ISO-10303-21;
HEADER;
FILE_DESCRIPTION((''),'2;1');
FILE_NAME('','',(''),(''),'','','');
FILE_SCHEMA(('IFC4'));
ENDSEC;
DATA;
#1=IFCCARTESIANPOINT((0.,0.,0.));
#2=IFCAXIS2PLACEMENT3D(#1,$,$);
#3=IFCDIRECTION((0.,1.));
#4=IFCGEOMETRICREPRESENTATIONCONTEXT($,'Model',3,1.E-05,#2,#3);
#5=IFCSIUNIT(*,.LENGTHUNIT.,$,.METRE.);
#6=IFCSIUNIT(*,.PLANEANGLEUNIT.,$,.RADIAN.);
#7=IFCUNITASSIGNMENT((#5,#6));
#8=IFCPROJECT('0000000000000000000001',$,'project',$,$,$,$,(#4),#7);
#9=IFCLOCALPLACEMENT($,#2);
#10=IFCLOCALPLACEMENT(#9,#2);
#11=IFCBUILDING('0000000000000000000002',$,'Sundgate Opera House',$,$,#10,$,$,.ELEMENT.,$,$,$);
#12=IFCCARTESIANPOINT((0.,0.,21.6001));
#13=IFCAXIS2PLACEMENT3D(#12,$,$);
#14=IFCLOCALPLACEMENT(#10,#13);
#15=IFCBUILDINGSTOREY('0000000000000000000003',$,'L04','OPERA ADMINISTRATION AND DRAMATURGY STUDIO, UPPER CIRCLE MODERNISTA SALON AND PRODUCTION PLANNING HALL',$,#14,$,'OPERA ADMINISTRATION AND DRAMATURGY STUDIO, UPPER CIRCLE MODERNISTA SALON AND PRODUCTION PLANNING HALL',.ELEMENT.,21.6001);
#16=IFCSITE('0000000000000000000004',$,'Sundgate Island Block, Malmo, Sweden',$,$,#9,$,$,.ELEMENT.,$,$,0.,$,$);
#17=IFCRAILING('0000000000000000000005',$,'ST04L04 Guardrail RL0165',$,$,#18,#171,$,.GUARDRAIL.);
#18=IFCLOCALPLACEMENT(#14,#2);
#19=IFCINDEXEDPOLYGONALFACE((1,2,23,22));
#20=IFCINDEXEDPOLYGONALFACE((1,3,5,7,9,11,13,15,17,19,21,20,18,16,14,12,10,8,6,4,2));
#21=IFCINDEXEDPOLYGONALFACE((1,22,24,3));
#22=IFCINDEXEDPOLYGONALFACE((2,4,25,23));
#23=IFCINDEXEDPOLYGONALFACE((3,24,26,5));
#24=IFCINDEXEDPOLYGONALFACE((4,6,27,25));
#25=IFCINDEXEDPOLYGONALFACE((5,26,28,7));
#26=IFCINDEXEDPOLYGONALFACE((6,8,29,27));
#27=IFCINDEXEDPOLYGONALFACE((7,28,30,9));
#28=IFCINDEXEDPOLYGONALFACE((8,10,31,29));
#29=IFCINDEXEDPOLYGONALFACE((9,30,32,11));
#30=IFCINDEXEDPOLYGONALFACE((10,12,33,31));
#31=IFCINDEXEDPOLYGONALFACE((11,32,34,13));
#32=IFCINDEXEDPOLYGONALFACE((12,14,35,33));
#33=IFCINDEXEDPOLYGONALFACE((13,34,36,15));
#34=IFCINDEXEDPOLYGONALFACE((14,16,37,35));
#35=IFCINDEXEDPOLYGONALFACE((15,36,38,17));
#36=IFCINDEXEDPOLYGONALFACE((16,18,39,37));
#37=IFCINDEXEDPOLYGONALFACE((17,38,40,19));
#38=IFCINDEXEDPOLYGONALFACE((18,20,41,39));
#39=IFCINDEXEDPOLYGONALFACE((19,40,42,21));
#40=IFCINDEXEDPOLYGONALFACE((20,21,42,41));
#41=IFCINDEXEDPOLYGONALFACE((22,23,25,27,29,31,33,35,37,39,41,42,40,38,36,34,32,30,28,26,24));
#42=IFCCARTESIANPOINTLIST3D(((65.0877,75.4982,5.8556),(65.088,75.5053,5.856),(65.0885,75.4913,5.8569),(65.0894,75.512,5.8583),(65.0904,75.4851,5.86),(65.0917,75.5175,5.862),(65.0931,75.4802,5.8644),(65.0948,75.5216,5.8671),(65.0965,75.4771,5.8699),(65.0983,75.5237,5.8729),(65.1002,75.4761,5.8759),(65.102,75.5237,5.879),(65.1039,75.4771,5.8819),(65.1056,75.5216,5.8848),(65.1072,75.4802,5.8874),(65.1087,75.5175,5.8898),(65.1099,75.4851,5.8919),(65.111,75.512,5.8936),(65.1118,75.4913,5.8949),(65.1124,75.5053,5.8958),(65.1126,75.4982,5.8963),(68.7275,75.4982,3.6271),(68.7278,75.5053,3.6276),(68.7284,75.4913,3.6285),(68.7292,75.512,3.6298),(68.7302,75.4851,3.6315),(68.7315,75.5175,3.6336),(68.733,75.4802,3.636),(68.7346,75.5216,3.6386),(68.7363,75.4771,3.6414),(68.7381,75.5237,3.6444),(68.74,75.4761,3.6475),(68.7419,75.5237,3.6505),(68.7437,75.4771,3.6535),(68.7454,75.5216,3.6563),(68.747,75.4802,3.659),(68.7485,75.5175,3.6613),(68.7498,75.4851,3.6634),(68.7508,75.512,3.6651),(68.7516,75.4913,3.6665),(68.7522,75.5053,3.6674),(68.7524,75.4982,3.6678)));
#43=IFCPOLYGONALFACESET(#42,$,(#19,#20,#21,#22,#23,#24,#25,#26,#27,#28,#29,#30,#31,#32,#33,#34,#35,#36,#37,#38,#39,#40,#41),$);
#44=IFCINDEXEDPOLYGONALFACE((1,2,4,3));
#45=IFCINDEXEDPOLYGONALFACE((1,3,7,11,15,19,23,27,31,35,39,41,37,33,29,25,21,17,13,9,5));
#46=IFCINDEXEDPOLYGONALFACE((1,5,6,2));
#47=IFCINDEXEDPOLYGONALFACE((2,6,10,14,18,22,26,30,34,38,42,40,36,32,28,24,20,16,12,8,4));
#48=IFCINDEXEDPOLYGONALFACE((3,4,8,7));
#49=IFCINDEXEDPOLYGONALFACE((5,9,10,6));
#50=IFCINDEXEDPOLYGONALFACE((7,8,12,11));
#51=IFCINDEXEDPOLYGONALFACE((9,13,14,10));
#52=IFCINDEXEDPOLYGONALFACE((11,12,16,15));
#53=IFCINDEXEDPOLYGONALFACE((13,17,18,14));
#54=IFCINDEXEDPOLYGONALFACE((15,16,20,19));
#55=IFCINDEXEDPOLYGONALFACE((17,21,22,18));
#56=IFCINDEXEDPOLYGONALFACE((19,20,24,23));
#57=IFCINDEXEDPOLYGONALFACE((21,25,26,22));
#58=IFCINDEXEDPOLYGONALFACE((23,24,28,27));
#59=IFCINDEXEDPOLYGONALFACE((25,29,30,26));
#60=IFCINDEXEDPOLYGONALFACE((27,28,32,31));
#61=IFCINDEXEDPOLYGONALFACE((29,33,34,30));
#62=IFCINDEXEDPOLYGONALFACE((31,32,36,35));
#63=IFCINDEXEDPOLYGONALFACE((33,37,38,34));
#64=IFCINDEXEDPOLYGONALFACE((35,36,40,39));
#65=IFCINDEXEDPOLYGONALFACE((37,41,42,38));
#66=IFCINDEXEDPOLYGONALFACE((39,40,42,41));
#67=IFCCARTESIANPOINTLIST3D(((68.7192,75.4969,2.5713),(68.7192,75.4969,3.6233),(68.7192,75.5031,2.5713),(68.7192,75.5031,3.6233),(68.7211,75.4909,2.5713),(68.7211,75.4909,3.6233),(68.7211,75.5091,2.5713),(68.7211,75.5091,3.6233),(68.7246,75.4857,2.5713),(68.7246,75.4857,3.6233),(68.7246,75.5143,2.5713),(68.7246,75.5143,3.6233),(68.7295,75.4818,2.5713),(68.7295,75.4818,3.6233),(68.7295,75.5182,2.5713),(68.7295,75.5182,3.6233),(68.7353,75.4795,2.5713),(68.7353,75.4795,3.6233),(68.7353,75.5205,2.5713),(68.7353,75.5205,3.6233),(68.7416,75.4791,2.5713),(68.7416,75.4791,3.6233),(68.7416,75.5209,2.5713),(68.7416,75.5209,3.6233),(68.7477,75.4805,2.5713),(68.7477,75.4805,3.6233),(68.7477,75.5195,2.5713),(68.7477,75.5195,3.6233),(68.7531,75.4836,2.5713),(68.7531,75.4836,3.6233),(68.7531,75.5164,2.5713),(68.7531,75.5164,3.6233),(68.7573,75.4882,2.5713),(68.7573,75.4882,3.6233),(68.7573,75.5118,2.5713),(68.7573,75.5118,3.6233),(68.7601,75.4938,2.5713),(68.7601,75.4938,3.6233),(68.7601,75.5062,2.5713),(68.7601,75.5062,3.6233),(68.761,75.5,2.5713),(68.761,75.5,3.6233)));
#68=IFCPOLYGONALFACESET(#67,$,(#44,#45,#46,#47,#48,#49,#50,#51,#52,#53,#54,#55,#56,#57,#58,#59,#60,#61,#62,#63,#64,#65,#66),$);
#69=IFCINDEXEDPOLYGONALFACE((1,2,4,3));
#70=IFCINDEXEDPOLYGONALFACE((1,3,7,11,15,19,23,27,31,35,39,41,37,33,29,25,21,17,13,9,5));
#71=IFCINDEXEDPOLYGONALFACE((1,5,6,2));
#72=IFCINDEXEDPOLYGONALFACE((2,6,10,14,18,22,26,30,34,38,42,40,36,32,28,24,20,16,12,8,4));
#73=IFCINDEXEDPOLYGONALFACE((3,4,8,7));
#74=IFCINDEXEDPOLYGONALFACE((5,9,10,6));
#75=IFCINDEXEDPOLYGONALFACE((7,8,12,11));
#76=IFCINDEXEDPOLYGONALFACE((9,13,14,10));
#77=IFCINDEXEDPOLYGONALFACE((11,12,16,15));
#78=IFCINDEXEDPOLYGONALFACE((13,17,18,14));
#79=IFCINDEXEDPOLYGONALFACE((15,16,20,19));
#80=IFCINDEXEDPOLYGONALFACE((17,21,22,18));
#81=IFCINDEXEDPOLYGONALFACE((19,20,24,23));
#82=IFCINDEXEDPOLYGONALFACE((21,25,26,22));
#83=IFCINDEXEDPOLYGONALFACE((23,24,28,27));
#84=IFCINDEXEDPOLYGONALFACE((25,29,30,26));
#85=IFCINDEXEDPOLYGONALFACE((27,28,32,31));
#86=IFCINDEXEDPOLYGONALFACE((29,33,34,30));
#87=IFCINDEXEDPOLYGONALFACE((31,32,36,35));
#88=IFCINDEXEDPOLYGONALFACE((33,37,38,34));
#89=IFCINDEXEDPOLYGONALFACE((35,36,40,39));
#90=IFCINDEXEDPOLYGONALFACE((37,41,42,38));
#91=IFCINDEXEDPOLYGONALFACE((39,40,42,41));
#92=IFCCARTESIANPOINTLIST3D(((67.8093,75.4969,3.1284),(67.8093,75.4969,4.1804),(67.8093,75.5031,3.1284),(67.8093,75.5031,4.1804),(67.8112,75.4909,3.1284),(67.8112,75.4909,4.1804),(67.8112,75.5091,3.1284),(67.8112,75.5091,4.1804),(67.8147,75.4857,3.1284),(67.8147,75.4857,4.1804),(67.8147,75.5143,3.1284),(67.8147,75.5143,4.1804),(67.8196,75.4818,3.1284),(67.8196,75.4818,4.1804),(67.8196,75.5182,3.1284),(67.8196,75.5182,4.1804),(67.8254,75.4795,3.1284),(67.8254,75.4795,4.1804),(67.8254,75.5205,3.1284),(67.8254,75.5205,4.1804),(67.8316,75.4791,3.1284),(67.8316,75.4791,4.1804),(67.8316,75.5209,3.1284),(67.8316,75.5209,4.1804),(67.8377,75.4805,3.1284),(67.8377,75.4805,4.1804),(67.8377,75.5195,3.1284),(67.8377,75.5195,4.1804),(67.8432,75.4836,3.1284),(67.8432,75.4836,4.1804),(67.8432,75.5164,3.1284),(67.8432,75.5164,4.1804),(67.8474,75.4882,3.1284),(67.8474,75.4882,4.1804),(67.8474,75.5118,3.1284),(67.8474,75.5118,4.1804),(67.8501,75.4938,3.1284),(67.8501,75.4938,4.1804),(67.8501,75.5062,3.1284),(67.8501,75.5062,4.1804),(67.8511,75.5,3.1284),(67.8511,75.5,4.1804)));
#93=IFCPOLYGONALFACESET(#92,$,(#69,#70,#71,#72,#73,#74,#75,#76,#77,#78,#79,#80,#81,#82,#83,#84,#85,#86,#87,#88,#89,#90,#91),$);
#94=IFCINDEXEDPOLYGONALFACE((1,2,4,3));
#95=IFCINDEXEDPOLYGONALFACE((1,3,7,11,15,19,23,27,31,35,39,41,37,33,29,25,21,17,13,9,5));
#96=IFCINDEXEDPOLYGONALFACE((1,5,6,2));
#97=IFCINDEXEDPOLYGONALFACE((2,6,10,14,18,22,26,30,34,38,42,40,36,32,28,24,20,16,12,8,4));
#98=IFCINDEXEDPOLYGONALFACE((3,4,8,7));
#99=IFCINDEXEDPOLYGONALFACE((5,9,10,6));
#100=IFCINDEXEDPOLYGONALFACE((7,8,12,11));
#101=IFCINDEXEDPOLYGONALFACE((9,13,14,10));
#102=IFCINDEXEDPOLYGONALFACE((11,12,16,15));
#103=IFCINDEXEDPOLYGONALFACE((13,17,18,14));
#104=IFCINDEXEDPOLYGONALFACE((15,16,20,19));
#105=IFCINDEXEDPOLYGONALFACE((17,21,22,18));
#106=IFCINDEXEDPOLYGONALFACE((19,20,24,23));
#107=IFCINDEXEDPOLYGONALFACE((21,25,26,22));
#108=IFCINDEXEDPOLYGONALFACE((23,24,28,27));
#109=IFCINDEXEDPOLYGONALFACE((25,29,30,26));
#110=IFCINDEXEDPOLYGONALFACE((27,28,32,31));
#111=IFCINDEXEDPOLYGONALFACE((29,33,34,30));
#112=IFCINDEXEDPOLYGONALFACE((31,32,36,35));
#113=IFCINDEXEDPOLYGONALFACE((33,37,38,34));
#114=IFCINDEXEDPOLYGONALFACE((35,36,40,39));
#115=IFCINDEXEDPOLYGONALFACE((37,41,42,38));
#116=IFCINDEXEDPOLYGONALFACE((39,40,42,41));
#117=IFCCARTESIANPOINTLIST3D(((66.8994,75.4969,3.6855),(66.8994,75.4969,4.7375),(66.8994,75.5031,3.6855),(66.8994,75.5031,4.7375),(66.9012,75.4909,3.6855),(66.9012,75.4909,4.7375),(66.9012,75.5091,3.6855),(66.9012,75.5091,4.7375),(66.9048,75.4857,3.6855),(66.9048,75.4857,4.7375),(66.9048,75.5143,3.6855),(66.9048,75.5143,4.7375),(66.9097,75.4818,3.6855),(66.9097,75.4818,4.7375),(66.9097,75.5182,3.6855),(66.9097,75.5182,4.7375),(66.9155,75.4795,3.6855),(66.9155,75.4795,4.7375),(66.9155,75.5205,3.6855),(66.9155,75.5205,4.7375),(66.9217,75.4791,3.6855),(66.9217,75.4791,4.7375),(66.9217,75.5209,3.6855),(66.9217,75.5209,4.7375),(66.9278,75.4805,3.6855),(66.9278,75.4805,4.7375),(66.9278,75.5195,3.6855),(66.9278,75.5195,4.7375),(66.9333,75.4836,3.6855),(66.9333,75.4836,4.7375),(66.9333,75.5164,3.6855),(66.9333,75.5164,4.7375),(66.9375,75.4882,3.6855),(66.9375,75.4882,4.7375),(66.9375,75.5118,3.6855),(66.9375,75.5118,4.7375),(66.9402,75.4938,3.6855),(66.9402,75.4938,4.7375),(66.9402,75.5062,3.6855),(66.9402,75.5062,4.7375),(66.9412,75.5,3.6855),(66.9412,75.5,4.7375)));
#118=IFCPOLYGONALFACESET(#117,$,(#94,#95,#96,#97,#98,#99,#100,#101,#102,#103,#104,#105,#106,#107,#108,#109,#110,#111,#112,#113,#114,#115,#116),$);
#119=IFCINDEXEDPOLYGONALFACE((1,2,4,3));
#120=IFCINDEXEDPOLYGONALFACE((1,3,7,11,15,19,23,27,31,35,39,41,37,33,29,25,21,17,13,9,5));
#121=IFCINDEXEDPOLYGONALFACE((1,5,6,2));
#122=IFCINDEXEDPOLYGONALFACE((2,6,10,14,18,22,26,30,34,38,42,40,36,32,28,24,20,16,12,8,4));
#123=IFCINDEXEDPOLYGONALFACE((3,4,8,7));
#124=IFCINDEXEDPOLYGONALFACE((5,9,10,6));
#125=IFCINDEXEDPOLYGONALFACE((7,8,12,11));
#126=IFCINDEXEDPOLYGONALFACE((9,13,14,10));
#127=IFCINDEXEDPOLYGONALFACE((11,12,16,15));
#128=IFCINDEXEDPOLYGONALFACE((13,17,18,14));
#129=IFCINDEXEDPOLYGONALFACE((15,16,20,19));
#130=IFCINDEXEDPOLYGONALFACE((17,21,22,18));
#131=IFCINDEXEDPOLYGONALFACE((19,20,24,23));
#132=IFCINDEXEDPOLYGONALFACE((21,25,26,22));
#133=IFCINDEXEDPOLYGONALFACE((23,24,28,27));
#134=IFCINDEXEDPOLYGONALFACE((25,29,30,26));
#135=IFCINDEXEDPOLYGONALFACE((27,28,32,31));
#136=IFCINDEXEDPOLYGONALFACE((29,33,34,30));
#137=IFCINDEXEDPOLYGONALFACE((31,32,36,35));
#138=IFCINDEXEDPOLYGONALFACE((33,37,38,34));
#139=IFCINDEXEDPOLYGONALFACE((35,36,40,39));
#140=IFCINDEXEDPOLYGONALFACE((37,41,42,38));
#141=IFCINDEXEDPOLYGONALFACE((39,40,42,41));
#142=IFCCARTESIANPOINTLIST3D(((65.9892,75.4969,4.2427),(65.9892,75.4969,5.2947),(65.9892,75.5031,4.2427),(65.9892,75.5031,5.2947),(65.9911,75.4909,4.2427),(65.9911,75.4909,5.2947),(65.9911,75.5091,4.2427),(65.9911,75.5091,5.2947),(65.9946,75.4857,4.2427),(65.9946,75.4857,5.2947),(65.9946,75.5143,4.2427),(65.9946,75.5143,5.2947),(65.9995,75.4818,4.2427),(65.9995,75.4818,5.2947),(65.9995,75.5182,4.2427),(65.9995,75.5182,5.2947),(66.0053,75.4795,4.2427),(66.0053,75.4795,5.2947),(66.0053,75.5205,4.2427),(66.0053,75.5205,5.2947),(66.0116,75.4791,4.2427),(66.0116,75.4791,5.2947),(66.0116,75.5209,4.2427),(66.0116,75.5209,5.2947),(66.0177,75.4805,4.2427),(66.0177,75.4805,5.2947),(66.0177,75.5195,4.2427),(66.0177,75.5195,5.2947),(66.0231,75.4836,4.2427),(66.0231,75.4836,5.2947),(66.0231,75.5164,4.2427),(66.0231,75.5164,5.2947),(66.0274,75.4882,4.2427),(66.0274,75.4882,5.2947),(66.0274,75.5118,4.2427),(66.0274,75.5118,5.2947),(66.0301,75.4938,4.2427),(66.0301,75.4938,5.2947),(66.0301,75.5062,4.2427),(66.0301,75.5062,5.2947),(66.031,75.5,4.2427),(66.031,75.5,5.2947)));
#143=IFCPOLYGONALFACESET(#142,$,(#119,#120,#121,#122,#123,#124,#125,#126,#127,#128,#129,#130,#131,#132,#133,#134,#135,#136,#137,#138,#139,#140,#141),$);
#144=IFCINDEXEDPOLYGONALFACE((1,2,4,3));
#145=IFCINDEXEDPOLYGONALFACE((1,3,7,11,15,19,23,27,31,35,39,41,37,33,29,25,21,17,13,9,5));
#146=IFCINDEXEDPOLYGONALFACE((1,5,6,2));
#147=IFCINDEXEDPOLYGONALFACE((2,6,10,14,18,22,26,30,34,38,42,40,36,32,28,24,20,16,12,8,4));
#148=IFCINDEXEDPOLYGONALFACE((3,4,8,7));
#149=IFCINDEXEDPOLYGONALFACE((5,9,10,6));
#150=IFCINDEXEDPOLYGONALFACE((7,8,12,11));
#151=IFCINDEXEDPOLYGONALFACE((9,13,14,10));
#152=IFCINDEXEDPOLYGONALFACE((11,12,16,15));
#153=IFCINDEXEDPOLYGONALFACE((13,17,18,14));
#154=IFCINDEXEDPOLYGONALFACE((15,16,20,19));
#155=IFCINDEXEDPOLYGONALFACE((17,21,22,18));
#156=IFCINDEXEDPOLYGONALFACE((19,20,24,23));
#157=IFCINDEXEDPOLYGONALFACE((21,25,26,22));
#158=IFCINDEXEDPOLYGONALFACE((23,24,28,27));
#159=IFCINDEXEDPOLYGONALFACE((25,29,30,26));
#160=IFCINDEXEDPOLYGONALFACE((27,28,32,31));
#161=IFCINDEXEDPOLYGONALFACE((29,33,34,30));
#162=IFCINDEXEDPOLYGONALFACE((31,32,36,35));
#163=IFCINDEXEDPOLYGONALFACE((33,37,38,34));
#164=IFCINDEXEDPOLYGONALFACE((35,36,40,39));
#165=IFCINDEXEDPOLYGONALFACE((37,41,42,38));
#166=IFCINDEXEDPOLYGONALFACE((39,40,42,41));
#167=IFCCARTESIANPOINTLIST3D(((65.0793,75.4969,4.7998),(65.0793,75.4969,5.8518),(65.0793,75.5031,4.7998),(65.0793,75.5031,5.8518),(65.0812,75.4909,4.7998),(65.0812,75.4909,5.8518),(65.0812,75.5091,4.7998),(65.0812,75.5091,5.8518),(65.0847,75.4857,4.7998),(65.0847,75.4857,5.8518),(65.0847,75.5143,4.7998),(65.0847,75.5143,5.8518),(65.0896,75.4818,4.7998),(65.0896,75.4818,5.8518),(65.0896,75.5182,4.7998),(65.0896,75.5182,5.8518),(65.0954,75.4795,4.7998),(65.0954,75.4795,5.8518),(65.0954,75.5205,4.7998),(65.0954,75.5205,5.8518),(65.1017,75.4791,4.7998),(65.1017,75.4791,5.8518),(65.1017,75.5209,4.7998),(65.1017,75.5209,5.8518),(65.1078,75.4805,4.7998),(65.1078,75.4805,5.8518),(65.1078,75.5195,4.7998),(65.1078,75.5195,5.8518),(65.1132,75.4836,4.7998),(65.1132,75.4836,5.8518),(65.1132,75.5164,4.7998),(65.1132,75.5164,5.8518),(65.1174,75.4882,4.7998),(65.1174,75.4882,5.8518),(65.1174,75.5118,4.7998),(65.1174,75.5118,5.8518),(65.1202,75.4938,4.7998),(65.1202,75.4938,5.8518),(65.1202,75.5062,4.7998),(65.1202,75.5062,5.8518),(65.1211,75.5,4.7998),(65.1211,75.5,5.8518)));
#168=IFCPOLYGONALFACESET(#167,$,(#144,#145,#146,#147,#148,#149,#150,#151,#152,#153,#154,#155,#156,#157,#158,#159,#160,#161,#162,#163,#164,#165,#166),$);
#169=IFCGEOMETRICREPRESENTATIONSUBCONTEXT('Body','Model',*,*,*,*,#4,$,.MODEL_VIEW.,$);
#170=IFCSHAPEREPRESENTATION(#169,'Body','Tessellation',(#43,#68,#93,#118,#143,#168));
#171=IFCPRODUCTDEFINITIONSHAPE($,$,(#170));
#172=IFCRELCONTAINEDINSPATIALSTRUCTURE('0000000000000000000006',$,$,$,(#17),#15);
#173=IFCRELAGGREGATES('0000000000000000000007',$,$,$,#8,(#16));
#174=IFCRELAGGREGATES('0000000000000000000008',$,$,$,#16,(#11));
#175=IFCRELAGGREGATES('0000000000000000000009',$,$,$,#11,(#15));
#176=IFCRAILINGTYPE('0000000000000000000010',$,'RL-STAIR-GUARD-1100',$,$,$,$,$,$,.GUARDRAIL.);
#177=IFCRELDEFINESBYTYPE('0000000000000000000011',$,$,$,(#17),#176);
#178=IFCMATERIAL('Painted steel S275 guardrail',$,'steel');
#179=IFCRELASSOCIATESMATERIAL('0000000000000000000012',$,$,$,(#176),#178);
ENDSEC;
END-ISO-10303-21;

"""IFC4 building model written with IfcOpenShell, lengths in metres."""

from ifc_helpers import new_model, si_unit, direction, frame, origin, origin_2d, place, context, subcontext, project, spatial, circle, extrude, material, type_object, element, save


model = new_model("IFC4")

# Units and contexts
model_context = context("Model", 3, precision=1e-05, world=origin(), true_north=direction((0.0, 1.0)))
body_context = subcontext(model_context, "Body", "Model", "MODEL_VIEW")
ifc_project = project(units=[si_unit("LENGTHUNIT", "METRE"), si_unit("PLANEANGLEUNIT", "RADIAN")], contexts=[model_context])

# Site, building, storey
site_placement = place(None, origin())
site = spatial("IfcSite", under=ifc_project, at=site_placement, Name="Sundgate Island Block, Malmo, Sweden", CompositionType="ELEMENT", RefElevation=0.0)
building_placement = place(site_placement, origin())
building = spatial("IfcBuilding", under=site, at=building_placement, Name="Sundgate Opera House", CompositionType="ELEMENT")
storey_placement = place(building_placement, frame((0.0, 0.0, 21.6001)))
storey = spatial("IfcBuildingStorey", under=building, at=storey_placement, Name="L04", Description="OPERA ADMINISTRATION AND DRAMATURGY STUDIO, UPPER CIRCLE MODERNISTA SALON AND PRODUCTION PLANNING HALL", LongName="OPERA ADMINISTRATION AND DRAMATURGY STUDIO, UPPER CIRCLE MODERNISTA SALON AND PRODUCTION PLANNING HALL", CompositionType="ELEMENT", Elevation=21.6001)

# Railing
ifc_material_1 = material(Name="Painted steel S275 guardrail", Category="steel")
railing_type_1 = type_object("IfcRailingType", Name="RL-STAIR-GUARD-1100", PredefinedType="GUARDRAIL", material=ifc_material_1)
railing_1_placement = place(storey_placement, frame((68.74, 75.5, 2.5713)))
element("IfcRailing", 1, at=railing_1_placement, inside=storey, type_object=railing_type_1, Name="ST04L04 Guardrail RL0165", PredefinedType="GUARDRAIL", context=body_context, shape_type="SweptSolid", body=[
    extrude(circle(Radius=0.0239, at=origin_2d()), frame((0.0, 0.0, 1.0762), z_axis=(-0.85285, 0.0, 0.522156), x_axis=(0.0, -1.0, 0.0)), (0.0, 0.0, 1.0), 4.2678),
    extrude(circle(Radius=0.021, at=origin_2d()), origin(), (0.0, 0.0, 1.0), 1.052),
    extrude(circle(Radius=0.021, at=origin_2d()), frame((-0.9099, 0.0, 0.5571)), (0.0, 0.0, 1.0), 1.052),
    extrude(circle(Radius=0.021, at=origin_2d()), frame((-1.8198, 0.0, 1.1143)), (0.0, 0.0, 1.0), 1.052),
    extrude(circle(Radius=0.021, at=origin_2d()), frame((-2.73, 0.0, 1.6714)), (0.0, 0.0, 1.0), 1.052),
    extrude(circle(Radius=0.021, at=origin_2d()), frame((-3.6399, 0.0, 2.2285)), (0.0, 0.0, 1.0), 1.052),
])

save(model, "model.ifc")
